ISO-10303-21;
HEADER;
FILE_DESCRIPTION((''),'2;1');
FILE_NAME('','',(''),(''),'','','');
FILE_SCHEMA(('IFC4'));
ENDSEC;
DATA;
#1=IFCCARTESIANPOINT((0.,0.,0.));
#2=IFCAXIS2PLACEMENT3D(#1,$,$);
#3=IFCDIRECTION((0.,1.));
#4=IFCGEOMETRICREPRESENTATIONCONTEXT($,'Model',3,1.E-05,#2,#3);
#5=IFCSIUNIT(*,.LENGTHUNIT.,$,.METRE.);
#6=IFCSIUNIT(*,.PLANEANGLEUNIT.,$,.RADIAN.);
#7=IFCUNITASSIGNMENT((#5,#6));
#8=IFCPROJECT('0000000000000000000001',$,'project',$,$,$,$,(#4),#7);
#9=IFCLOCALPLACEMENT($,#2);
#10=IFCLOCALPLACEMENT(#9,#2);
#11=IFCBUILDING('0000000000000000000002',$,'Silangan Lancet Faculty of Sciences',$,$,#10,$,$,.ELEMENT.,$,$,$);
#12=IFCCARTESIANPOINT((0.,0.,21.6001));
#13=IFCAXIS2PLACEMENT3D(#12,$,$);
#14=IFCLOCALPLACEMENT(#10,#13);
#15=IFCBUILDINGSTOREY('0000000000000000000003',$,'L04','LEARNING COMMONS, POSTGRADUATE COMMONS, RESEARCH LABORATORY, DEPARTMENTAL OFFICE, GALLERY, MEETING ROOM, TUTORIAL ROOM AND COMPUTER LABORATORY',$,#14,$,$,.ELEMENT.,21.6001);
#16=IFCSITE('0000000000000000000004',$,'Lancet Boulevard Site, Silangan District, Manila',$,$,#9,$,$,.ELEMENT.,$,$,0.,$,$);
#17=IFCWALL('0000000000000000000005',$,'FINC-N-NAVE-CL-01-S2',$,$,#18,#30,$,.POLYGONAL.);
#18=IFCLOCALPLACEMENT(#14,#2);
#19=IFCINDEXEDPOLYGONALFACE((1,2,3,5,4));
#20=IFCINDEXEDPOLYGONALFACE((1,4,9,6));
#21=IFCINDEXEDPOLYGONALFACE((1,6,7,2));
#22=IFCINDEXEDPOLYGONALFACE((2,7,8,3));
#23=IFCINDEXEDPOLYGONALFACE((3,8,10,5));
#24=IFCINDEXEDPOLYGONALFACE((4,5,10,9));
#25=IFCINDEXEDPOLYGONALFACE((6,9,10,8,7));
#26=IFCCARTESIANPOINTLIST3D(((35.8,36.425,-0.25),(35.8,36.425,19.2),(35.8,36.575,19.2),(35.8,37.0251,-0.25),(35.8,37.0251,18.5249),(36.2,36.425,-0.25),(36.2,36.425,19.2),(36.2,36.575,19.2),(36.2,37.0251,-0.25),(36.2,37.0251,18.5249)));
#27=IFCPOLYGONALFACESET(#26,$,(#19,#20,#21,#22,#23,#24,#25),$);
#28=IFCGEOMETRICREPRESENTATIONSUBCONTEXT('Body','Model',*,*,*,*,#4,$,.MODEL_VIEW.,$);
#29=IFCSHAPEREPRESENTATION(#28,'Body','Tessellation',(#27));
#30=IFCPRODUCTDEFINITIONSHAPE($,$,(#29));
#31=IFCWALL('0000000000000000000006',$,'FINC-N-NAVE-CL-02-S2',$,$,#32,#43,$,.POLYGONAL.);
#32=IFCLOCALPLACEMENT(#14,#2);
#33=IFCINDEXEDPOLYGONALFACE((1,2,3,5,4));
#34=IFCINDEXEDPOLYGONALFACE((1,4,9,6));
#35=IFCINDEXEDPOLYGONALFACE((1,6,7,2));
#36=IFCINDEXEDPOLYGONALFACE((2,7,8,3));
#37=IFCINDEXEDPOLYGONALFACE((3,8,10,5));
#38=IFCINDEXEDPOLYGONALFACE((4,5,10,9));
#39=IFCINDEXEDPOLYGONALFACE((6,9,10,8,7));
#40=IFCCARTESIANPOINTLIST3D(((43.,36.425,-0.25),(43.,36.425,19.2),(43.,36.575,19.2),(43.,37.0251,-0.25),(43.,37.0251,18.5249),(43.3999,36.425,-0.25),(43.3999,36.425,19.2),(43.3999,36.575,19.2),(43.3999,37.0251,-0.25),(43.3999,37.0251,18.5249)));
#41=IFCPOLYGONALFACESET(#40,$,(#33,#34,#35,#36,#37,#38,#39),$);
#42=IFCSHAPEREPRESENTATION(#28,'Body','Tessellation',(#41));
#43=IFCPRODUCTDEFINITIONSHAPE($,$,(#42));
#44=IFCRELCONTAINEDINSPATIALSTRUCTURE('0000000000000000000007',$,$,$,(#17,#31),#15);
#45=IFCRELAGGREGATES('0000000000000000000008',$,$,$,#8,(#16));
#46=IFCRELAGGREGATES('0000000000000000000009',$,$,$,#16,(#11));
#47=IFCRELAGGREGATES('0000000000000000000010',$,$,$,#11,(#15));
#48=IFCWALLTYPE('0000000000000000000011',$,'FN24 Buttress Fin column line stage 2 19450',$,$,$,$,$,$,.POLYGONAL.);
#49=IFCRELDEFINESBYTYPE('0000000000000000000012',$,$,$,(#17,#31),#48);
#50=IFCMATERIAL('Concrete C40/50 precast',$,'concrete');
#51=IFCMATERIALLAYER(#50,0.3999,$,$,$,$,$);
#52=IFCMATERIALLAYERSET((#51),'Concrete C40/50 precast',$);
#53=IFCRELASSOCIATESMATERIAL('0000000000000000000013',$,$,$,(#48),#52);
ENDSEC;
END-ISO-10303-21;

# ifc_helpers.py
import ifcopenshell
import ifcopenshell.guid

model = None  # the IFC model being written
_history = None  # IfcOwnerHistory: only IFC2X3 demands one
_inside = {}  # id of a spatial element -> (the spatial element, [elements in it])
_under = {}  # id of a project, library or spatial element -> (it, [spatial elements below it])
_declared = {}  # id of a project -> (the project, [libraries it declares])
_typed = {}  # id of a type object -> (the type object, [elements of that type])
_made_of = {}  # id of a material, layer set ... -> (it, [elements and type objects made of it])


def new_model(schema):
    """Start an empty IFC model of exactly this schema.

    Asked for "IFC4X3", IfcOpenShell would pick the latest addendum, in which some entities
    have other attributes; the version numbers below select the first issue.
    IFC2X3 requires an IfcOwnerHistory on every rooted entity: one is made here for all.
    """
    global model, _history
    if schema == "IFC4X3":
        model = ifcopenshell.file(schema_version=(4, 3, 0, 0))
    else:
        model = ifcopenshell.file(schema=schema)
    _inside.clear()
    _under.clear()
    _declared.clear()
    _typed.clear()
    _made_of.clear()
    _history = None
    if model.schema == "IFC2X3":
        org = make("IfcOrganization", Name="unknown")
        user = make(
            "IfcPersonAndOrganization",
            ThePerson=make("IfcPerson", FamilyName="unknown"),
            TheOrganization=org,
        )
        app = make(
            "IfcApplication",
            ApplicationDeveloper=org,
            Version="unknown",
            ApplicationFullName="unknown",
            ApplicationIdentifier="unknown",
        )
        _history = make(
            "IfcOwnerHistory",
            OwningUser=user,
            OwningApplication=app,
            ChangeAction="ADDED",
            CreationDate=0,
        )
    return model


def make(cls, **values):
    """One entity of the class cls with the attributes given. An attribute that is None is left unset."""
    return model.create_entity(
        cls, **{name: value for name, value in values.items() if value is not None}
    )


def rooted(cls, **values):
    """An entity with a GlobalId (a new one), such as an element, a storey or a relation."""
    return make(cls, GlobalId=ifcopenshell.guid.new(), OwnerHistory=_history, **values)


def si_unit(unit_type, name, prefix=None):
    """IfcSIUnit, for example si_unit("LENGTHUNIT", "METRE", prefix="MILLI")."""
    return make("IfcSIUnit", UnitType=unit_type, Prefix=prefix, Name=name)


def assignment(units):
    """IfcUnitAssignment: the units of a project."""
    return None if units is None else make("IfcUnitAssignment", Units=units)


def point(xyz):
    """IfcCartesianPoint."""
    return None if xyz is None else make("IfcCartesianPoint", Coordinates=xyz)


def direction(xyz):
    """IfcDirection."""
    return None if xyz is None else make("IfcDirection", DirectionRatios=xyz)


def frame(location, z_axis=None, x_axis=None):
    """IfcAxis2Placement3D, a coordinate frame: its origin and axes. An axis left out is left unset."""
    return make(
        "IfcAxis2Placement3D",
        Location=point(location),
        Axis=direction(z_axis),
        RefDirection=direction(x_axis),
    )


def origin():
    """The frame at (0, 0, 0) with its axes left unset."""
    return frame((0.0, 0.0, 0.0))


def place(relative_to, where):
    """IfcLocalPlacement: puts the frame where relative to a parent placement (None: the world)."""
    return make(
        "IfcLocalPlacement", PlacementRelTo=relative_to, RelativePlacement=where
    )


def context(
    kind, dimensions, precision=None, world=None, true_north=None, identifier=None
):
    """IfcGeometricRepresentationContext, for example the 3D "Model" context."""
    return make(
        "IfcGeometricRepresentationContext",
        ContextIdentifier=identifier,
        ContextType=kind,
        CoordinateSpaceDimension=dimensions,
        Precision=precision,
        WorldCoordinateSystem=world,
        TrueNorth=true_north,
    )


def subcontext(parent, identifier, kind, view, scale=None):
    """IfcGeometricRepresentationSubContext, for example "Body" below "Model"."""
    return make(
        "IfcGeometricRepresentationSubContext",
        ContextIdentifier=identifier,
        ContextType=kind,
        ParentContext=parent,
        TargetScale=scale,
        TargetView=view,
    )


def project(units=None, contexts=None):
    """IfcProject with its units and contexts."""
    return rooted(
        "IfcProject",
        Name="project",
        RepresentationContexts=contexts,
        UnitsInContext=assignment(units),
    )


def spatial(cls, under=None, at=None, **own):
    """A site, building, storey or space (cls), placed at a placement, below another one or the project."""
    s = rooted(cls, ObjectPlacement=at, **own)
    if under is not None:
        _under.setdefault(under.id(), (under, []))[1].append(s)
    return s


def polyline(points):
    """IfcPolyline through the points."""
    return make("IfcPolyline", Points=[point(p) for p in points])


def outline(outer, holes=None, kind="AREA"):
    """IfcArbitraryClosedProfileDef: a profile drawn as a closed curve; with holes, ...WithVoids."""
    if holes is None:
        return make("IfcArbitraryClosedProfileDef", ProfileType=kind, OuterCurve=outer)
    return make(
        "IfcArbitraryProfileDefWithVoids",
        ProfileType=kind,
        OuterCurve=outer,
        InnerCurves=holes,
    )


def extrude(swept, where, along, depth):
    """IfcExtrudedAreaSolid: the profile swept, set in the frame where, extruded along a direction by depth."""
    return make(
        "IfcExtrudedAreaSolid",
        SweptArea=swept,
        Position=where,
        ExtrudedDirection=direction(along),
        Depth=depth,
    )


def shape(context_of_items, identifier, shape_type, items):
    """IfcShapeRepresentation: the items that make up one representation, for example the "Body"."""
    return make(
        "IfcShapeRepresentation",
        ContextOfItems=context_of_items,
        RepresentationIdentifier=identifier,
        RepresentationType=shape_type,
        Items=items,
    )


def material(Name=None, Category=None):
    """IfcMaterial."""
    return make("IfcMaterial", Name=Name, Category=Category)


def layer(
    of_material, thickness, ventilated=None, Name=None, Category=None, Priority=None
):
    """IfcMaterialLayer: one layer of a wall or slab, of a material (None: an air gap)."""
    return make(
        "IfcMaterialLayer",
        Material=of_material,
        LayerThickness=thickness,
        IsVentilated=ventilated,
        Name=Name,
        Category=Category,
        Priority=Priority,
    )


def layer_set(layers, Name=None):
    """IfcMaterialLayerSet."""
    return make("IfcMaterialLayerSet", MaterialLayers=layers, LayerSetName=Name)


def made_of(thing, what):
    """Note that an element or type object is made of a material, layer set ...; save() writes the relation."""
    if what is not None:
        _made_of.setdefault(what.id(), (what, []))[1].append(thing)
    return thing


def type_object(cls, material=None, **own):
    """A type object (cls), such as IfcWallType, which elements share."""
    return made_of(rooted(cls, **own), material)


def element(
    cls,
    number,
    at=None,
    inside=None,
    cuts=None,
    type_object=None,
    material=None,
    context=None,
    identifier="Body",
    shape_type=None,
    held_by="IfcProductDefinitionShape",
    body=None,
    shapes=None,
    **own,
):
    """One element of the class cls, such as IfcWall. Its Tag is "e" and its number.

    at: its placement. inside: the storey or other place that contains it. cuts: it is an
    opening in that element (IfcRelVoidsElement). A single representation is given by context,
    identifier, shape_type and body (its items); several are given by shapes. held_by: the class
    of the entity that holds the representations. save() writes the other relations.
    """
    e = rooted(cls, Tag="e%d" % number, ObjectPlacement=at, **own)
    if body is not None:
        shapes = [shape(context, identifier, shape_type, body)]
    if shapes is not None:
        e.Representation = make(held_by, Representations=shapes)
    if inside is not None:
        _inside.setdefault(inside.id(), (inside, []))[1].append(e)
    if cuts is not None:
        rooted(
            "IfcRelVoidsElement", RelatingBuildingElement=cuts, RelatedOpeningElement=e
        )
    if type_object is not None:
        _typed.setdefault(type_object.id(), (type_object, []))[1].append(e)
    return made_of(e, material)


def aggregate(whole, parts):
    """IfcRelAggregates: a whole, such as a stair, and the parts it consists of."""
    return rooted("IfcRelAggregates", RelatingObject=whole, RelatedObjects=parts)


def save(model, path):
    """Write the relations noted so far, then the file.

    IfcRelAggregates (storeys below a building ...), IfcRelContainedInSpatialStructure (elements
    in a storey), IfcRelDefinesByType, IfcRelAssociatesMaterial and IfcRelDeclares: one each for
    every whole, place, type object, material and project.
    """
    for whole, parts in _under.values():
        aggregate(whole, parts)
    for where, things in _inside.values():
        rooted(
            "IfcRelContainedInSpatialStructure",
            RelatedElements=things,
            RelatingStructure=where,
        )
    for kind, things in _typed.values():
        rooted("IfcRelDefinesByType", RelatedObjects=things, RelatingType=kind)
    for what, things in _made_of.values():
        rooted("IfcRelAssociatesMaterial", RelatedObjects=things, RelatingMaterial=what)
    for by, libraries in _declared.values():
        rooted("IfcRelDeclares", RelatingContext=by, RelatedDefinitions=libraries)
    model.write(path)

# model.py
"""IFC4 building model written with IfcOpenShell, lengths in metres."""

from ifc_helpers import new_model, si_unit, direction, frame, origin, place, context, subcontext, project, spatial, polyline, outline, extrude, material, layer, layer_set, type_object, element, save


model = new_model("IFC4")

# Units and contexts
model_context = context("Model", 3, precision=1e-05, world=origin(), true_north=direction((0.0, 1.0)))
body_context = subcontext(model_context, "Body", "Model", "MODEL_VIEW")
ifc_project = project(units=[si_unit("LENGTHUNIT", "METRE"), si_unit("PLANEANGLEUNIT", "RADIAN")], contexts=[model_context])

# Site, building, storey
site_placement = place(None, origin())
site = spatial("IfcSite", under=ifc_project, at=site_placement, Name="Lancet Boulevard Site, Silangan District, Manila", CompositionType="ELEMENT", RefElevation=0.0)
building_placement = place(site_placement, origin())
building = spatial("IfcBuilding", under=site, at=building_placement, Name="Silangan Lancet Faculty of Sciences", CompositionType="ELEMENT")
storey_placement = place(building_placement, frame((0.0, 0.0, 21.6001)))
storey = spatial("IfcBuildingStorey", under=building, at=storey_placement, Name="L04", Description="LEARNING COMMONS, POSTGRADUATE COMMONS, RESEARCH LABORATORY, DEPARTMENTAL OFFICE, GALLERY, MEETING ROOM, TUTORIAL ROOM AND COMPUTER LABORATORY", CompositionType="ELEMENT", Elevation=21.6001)

# Walls
ifc_material_1 = material(Name="Concrete C40/50 precast", Category="concrete")
ifc_layer_1 = layer(ifc_material_1, 0.3999)
ifc_layer_set_1 = layer_set([ifc_layer_1], Name="Concrete C40/50 precast")
wall_type = type_object("IfcWallType", Name="FN24 Buttress Fin column line stage 2 19450", PredefinedType="POLYGONAL", material=ifc_layer_set_1)
for number, where, z_axis, x_axis, name in (
    (1, (36.0, 36.425, -0.25), (0.0, 0.0, 1.0), (0.0, 1.0, 0.0), "FINC-N-NAVE-CL-01-S2"),
    (2, (43.2, 36.425, -0.25), (0.0, 0.0, 1.0), (0.0, 1.0, 0.0), "FINC-N-NAVE-CL-02-S2"),
):
    element("IfcWall", number, at=place(storey_placement, frame(where, z_axis=z_axis, x_axis=x_axis)), inside=storey, type_object=wall_type, Name=name, PredefinedType="POLYGONAL", context=body_context, shape_type="SweptSolid", body=[
        extrude(outline(polyline([(0.6001, 0.0), (0.6001, 18.7749), (0.1499, 19.45), (0.0, 19.45), (0.0, 0.0), (0.6001, 0.0)])), frame((0.0, 0.2, 0.0), z_axis=(0.0, -1.0, 0.0), x_axis=(1.0, 0.0, 0.0)), (0.0, 0.0, 1.0), 0.3999),
    ])

save(model, "model.ifc")
